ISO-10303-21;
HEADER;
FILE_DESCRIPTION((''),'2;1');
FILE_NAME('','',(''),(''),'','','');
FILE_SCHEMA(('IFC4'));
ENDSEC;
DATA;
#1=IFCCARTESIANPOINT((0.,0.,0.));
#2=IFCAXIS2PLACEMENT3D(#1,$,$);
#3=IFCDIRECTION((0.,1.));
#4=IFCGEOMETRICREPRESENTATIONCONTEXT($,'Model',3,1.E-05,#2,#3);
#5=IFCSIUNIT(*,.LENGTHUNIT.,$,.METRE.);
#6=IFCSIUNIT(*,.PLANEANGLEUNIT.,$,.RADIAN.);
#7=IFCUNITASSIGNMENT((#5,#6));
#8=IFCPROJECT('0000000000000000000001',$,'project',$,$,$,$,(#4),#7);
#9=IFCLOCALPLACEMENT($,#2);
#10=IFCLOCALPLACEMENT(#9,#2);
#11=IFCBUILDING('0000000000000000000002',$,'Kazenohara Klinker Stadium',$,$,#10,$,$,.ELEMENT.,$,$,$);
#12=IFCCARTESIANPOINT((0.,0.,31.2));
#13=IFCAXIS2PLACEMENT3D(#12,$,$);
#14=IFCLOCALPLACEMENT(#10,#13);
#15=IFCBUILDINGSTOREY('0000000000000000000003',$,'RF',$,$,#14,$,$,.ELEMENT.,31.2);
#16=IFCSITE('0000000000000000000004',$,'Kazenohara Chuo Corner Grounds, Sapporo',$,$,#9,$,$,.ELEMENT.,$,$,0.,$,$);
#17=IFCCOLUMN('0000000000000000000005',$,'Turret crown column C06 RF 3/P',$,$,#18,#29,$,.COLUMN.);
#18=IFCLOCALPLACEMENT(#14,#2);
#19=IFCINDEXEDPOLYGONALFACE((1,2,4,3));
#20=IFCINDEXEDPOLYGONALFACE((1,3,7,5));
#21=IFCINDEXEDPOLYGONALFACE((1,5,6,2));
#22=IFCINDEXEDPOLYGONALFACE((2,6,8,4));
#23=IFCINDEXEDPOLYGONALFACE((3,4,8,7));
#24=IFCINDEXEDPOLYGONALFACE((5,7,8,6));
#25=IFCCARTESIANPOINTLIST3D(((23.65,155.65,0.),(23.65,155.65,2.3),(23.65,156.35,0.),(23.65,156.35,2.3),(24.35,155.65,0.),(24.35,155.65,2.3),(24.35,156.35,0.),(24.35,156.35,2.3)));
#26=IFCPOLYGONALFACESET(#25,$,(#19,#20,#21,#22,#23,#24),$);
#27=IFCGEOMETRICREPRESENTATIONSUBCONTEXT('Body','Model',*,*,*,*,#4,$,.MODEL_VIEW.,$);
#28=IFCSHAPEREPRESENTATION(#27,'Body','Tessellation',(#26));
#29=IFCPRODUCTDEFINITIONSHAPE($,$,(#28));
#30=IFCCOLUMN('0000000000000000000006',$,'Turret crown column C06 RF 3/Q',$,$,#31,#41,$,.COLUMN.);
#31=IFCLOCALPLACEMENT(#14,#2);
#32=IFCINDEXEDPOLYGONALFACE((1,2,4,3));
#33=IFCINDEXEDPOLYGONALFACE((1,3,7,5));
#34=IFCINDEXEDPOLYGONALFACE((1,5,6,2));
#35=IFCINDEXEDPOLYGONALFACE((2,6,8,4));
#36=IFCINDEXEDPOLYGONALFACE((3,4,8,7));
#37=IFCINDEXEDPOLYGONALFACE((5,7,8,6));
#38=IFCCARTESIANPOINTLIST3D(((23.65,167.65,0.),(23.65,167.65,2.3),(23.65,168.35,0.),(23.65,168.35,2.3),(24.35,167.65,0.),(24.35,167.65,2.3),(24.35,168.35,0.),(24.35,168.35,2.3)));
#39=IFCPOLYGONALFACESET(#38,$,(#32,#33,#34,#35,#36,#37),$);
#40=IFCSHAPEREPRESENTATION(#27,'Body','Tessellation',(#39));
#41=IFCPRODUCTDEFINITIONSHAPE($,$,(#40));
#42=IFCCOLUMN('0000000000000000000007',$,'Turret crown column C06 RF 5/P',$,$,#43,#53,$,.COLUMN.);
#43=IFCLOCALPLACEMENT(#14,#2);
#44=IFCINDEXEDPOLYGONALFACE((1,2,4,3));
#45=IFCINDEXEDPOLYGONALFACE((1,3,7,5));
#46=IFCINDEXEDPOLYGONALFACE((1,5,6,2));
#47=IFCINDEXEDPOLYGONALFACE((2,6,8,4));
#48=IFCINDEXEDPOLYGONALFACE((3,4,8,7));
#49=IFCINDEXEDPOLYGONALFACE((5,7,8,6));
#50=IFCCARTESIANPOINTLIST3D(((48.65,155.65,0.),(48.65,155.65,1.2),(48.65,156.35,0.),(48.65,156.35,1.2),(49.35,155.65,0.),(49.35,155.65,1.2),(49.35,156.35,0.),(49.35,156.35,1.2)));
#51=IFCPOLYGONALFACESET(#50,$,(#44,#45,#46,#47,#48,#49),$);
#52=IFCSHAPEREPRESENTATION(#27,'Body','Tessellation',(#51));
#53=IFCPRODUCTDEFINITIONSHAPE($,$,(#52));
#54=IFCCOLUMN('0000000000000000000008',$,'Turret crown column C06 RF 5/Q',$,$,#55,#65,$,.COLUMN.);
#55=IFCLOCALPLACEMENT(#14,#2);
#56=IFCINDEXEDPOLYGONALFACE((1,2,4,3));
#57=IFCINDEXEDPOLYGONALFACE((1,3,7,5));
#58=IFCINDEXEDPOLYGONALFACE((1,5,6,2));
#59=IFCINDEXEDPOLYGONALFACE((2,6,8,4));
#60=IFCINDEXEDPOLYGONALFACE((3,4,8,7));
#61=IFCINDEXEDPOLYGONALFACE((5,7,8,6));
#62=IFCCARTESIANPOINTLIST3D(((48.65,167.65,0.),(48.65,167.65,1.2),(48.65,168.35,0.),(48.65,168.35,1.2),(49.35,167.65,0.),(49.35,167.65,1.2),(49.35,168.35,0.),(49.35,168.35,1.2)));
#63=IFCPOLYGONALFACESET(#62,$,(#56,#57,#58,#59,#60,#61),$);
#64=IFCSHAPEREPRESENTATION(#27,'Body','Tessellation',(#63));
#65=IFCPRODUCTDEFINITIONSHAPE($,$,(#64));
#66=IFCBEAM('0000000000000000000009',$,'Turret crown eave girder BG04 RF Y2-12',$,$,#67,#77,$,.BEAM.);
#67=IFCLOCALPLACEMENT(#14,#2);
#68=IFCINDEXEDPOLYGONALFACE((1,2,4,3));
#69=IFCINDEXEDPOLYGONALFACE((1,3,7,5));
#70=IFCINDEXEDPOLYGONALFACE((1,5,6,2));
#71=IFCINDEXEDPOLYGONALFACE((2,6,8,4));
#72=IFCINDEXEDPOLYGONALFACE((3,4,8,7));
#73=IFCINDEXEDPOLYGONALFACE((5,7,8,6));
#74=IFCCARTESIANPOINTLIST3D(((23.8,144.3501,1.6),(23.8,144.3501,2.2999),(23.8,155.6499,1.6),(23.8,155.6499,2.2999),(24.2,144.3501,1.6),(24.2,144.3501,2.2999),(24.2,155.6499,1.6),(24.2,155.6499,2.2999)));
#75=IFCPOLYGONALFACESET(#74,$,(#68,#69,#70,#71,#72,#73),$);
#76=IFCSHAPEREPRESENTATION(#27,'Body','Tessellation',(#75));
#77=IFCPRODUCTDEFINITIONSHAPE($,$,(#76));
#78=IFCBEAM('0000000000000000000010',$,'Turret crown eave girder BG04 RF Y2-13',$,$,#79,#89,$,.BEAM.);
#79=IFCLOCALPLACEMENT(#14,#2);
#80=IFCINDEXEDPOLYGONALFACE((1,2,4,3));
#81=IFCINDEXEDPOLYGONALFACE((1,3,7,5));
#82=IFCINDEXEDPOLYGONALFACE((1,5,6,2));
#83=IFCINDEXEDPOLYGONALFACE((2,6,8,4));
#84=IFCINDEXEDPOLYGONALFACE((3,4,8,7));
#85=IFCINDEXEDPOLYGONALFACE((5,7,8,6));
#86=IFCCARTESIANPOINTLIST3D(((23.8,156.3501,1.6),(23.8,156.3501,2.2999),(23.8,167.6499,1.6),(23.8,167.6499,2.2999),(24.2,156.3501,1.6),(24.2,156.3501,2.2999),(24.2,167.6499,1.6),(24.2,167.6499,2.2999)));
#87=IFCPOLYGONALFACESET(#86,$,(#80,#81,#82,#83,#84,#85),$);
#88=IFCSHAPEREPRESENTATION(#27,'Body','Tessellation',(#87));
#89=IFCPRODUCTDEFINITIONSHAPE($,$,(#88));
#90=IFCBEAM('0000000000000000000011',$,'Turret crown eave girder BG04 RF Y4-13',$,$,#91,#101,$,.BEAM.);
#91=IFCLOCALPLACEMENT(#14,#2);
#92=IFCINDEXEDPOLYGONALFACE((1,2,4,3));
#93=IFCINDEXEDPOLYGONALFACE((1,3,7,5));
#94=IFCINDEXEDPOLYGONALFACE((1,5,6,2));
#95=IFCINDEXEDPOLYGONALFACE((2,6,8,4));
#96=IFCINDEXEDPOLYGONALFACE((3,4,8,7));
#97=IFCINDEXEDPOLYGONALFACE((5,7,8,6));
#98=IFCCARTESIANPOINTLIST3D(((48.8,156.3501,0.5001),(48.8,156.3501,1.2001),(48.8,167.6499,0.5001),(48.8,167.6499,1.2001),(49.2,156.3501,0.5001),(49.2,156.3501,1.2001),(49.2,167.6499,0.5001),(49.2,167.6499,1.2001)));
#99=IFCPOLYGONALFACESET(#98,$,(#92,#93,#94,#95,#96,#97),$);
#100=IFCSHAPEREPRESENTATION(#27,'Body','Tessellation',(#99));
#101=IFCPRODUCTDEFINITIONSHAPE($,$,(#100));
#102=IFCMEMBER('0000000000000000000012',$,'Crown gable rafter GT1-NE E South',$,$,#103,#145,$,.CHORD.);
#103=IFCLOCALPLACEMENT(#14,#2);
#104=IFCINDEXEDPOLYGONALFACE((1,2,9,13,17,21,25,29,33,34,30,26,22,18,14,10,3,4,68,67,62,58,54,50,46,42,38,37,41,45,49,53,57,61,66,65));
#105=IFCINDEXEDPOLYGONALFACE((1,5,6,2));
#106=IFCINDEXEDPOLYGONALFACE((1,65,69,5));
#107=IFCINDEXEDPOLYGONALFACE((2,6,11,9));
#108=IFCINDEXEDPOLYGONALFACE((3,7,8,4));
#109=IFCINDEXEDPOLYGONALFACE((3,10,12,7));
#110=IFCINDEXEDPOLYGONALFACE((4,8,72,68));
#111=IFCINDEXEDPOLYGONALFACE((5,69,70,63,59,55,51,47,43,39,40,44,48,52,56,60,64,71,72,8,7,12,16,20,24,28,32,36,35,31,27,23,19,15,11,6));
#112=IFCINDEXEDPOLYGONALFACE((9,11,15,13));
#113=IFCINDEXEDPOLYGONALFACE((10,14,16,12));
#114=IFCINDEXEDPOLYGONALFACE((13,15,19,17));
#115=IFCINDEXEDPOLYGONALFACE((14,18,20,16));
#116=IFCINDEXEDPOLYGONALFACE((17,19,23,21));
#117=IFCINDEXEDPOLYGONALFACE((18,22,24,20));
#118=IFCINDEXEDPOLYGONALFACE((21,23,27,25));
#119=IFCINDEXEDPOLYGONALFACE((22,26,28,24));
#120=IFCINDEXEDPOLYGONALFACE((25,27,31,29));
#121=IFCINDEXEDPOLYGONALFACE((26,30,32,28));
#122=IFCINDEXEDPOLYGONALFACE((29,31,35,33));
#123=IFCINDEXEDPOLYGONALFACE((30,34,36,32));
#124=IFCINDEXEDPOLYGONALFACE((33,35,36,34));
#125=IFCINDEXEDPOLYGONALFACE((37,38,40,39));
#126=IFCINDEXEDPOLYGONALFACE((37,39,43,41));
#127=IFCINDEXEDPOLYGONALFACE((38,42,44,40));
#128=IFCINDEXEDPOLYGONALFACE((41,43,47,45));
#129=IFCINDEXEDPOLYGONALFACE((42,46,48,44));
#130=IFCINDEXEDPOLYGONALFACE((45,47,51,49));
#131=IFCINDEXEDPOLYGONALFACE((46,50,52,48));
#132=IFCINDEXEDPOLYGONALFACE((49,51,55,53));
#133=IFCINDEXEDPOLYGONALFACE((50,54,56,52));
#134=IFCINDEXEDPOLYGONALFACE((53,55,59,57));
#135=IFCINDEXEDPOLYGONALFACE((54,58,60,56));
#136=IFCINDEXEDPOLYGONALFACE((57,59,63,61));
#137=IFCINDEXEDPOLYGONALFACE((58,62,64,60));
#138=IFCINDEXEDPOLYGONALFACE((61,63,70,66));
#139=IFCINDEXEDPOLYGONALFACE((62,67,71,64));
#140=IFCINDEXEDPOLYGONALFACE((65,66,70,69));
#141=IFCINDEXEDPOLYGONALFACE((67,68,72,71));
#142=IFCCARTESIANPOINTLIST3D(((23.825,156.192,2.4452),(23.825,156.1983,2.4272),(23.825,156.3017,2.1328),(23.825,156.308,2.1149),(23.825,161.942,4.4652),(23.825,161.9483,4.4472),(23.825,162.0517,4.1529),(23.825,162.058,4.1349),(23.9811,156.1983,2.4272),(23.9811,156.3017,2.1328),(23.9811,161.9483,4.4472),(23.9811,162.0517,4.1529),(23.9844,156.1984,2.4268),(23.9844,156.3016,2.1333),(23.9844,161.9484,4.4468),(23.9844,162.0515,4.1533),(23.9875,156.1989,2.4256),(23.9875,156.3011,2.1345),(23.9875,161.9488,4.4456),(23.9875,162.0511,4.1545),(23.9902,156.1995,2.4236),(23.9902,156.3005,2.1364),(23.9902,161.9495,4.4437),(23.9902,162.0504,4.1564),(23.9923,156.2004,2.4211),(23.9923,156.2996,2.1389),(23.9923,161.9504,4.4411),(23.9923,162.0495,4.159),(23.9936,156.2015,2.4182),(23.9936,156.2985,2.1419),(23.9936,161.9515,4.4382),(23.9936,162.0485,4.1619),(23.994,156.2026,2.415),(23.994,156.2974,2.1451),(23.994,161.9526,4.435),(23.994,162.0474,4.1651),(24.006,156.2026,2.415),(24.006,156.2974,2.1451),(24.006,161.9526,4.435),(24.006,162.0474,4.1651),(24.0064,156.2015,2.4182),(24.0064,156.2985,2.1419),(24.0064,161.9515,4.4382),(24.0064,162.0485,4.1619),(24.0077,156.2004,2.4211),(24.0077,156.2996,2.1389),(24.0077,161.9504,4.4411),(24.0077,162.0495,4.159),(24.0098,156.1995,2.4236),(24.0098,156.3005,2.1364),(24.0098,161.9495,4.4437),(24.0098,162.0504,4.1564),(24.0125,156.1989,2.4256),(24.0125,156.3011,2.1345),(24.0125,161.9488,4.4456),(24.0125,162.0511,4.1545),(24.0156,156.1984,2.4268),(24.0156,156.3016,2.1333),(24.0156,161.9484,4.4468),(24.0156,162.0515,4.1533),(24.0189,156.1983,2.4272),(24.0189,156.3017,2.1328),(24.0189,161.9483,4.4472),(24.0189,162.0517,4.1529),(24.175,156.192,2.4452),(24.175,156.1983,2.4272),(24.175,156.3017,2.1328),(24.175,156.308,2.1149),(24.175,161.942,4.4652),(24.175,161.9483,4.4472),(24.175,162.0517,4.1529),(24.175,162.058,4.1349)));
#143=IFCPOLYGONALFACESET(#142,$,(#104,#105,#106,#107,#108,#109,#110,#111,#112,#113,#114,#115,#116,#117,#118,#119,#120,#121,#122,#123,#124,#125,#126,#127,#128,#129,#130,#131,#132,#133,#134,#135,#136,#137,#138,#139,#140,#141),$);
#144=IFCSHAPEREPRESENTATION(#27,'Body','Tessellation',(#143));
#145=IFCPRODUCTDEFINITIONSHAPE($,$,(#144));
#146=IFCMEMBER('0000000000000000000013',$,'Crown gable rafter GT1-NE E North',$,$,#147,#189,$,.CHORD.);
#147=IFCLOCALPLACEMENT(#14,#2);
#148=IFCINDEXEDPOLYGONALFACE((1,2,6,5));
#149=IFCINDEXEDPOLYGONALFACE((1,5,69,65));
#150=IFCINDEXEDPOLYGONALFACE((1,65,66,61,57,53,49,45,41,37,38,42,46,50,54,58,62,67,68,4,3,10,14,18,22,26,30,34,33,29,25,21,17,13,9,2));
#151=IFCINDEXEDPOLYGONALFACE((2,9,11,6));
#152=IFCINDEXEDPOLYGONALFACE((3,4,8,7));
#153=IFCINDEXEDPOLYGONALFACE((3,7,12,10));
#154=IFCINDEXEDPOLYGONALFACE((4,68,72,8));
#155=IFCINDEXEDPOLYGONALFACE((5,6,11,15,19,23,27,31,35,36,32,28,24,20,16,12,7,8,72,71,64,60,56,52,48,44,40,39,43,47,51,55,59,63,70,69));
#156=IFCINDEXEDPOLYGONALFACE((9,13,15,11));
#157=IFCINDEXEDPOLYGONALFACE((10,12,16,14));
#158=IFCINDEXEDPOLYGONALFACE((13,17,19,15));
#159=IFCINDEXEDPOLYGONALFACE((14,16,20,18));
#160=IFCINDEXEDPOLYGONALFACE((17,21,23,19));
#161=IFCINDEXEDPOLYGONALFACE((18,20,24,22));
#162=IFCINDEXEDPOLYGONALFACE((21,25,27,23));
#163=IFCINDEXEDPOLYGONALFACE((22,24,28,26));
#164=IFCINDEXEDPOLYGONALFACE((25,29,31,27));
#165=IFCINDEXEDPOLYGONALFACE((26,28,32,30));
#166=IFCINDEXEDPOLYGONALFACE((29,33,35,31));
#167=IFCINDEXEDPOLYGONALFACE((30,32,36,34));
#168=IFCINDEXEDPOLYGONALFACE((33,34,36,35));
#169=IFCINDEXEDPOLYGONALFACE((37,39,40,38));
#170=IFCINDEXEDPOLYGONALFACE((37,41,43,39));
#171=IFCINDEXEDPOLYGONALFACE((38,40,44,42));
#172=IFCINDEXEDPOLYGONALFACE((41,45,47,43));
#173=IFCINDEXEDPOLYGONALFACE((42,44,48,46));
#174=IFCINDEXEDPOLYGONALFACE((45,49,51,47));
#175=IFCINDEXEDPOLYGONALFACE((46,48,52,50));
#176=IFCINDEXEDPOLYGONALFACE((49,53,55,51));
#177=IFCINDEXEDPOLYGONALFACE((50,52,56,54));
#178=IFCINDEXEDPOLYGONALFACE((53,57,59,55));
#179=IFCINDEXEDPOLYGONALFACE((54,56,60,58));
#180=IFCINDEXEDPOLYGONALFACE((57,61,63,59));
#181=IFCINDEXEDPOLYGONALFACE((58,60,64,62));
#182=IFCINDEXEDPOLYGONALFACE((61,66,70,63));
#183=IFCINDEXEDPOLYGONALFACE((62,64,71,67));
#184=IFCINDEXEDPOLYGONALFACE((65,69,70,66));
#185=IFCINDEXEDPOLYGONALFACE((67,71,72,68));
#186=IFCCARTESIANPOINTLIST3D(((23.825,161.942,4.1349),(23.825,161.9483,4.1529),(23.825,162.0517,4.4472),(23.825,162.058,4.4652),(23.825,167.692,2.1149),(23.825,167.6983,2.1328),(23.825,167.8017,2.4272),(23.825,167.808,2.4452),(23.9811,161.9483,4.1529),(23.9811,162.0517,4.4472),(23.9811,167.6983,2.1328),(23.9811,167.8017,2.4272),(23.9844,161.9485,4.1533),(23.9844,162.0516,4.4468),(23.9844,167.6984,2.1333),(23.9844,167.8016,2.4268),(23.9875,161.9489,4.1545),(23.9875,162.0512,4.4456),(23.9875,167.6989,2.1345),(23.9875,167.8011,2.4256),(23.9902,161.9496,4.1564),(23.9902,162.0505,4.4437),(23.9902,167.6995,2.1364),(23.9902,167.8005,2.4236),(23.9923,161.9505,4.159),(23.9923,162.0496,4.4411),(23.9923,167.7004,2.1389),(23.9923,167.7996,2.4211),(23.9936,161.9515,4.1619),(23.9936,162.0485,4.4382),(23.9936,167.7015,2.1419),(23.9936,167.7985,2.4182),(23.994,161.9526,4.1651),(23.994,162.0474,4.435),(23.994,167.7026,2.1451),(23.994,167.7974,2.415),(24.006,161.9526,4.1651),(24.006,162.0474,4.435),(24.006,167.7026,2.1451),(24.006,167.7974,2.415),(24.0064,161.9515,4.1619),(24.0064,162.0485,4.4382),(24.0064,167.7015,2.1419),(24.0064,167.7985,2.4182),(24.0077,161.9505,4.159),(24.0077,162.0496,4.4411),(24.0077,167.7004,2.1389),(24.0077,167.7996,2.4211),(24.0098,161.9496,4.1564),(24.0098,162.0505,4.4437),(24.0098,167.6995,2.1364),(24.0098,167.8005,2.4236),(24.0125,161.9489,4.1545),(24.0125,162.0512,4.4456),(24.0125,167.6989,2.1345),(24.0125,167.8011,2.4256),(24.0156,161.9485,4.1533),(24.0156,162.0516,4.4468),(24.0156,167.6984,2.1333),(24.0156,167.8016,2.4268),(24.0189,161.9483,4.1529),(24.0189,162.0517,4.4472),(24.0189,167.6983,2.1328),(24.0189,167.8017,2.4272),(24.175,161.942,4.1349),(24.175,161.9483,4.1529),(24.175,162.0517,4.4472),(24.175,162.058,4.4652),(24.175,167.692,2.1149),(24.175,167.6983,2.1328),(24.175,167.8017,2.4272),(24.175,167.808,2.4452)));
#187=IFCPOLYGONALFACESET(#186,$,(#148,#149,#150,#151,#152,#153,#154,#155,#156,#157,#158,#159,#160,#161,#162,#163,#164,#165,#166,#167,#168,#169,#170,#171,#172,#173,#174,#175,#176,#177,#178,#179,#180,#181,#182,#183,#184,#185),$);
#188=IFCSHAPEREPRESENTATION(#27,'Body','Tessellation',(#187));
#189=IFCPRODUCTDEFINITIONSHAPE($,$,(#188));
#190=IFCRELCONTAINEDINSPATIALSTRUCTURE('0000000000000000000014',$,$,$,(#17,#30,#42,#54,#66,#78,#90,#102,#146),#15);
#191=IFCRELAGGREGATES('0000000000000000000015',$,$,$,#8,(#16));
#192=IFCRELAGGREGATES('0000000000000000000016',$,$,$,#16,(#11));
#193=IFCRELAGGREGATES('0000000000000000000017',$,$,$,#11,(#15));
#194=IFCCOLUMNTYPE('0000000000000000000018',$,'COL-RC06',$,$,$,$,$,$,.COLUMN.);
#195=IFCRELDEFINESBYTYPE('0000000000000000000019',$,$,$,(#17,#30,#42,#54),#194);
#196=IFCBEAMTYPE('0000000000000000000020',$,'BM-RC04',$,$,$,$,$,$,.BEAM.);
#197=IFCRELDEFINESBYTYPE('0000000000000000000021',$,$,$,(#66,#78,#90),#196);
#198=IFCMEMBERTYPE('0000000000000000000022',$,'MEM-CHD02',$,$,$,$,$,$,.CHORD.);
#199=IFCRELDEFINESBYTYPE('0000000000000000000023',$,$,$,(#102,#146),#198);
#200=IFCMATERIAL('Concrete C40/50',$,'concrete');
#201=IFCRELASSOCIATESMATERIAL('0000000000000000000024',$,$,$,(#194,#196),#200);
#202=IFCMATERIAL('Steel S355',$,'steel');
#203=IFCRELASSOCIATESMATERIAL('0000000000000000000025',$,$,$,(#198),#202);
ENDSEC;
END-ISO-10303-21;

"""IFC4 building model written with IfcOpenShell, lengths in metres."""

from ifc_helpers import new_model, si_unit, direction, frame, origin, origin_2d, place, context, subcontext, project, spatial, rectangle, i_section, extrude, material, material_profile, profile_set, type_object, element, save


model = new_model("IFC4")

# Units and contexts
model_context = context("Model", 3, precision=1e-05, world=origin(), true_north=direction((0.0, 1.0)))
body_context = subcontext(model_context, "Body", "Model", "MODEL_VIEW")
ifc_project = project(units=[si_unit("LENGTHUNIT", "METRE"), si_unit("PLANEANGLEUNIT", "RADIAN")], contexts=[model_context])

# Site, building, storey
site_placement = place(None, origin())
site = spatial("IfcSite", under=ifc_project, at=site_placement, Name="Kazenohara Chuo Corner Grounds, Sapporo", CompositionType="ELEMENT", RefElevation=0.0)
building_placement = place(site_placement, origin())
building = spatial("IfcBuilding", under=site, at=building_placement, Name="Kazenohara Klinker Stadium", CompositionType="ELEMENT")
storey_placement = place(building_placement, frame((0.0, 0.0, 31.2)))
storey = spatial("IfcBuildingStorey", under=building, at=storey_placement, Name="RF", CompositionType="ELEMENT", Elevation=31.2)

# Columns
ifc_material_1 = material(Name="Concrete C40/50", Category="concrete")
ifc_material_profile_1 = material_profile(ifc_material_1, rectangle(XDim=0.7, YDim=0.7, at=origin_2d()), Name="RC-COL-700x700")
ifc_profile_set_1 = profile_set([ifc_material_profile_1], Name="Concrete C40/50")
column_type = type_object("IfcColumnType", Name="COL-RC06", PredefinedType="COLUMN", material=ifc_profile_set_1)
for number, where, z_axis, x_axis, name in (
    (1, (24.0, 156.0, 0.0), (0.0, 0.0, 1.0), (1.0, 0.0, 0.0), "Turret crown column C06 RF 3/P"),
    (2, (24.0, 168.0, 0.0), (0.0, 0.0, 1.0), (1.0, 0.0, 0.0), "Turret crown column C06 RF 3/Q"),
):
    element("IfcColumn", number, at=place(storey_placement, frame(where, z_axis=z_axis, x_axis=x_axis)), inside=storey, type_object=column_type, Name=name, PredefinedType="COLUMN", context=body_context, shape_type="SweptSolid", body=[
        extrude(rectangle(XDim=0.7, YDim=0.7, at=origin_2d()), origin(), (0.0, 0.0, 1.0), 2.3),
    ])
for number, where, z_axis, x_axis, name in (
    (3, (49.0, 156.0, 0.0), (0.0, 0.0, 1.0), (1.0, 0.0, 0.0), "Turret crown column C06 RF 5/P"),
    (4, (49.0, 168.0, 0.0), (0.0, 0.0, 1.0), (1.0, 0.0, 0.0), "Turret crown column C06 RF 5/Q"),
):
    element("IfcColumn", number, at=place(storey_placement, frame(where, z_axis=z_axis, x_axis=x_axis)), inside=storey, type_object=column_type, Name=name, PredefinedType="COLUMN", context=body_context, shape_type="SweptSolid", body=[
        extrude(rectangle(XDim=0.7, YDim=0.7, at=origin_2d()), origin(), (0.0, 0.0, 1.0), 1.2),
    ])

# Beams
ifc_material_profile_2 = material_profile(ifc_material_1, rectangle(XDim=0.3999, YDim=0.7, at=origin_2d()), Name="RC-BM-400x700")
ifc_profile_set_2 = profile_set([ifc_material_profile_2], Name="Concrete C40/50")
beam_type_1 = type_object("IfcBeamType", Name="BM-RC04", PredefinedType="BEAM", material=ifc_profile_set_2)
for number, where, z_axis, x_axis, name in (
    (5, (24.0, 144.3501, 1.95), (0.0, 1.0, 0.0), (-1.0, 0.0, 0.0), "Turret crown eave girder BG04 RF Y2-12"),
    (6, (24.0, 156.3501, 1.95), (0.0, 1.0, 0.0), (-1.0, 0.0, 0.0), "Turret crown eave girder BG04 RF Y2-13"),
    (7, (49.0, 156.3501, 0.8501), (0.0, 1.0, 0.0), (-1.0, 0.0, 0.0), "Turret crown eave girder BG04 RF Y4-13"),
):
    element("IfcBeam", number, at=place(storey_placement, frame(where, z_axis=z_axis, x_axis=x_axis)), inside=storey, type_object=beam_type_1, Name=name, PredefinedType="BEAM", context=body_context, shape_type="SweptSolid", body=[
        extrude(rectangle(XDim=0.3999, YDim=0.7, at=origin_2d()), origin(), (0.0, 0.0, 1.0), 11.2998),
    ])

# Members
ifc_material_2 = material(Name="Steel S355", Category="steel")
ifc_material_profile_3 = material_profile(ifc_material_2, i_section(OverallWidth=0.3501, OverallDepth=0.3501, WebThickness=0.012, FlangeThickness=0.019, FilletRadius=0.0129, at=origin_2d()), Name="H-350x350x12x19")
ifc_profile_set_3 = profile_set([ifc_material_profile_3], Name="Steel S355")
member_type_1 = type_object("IfcMemberType", Name="MEM-CHD02", PredefinedType="CHORD", material=ifc_profile_set_3)
for number, where, z_axis, x_axis, name in (
    (8, (24.0, 156.25, 2.28), (0.0, 0.943473, 0.331449), (-1.0, 0.0, 0.0), "Crown gable rafter GT1-NE E South"),
    (9, (24.0, 167.75, 2.28), (0.0, -0.943473, 0.331449), (1.0, 0.0, 0.0), "Crown gable rafter GT1-NE E North"),
):
    element("IfcMember", number, at=place(storey_placement, frame(where, z_axis=z_axis, x_axis=x_axis)), inside=storey, type_object=member_type_1, Name=name, PredefinedType="CHORD", context=body_context, shape_type="SweptSolid", body=[
        extrude(i_section(OverallWidth=0.3501, OverallDepth=0.3501, WebThickness=0.012, FlangeThickness=0.019, FilletRadius=0.0129, at=origin_2d()), origin(), (0.0, 0.0, 1.0), 6.0945),
    ])

save(model, "model.ifc")
